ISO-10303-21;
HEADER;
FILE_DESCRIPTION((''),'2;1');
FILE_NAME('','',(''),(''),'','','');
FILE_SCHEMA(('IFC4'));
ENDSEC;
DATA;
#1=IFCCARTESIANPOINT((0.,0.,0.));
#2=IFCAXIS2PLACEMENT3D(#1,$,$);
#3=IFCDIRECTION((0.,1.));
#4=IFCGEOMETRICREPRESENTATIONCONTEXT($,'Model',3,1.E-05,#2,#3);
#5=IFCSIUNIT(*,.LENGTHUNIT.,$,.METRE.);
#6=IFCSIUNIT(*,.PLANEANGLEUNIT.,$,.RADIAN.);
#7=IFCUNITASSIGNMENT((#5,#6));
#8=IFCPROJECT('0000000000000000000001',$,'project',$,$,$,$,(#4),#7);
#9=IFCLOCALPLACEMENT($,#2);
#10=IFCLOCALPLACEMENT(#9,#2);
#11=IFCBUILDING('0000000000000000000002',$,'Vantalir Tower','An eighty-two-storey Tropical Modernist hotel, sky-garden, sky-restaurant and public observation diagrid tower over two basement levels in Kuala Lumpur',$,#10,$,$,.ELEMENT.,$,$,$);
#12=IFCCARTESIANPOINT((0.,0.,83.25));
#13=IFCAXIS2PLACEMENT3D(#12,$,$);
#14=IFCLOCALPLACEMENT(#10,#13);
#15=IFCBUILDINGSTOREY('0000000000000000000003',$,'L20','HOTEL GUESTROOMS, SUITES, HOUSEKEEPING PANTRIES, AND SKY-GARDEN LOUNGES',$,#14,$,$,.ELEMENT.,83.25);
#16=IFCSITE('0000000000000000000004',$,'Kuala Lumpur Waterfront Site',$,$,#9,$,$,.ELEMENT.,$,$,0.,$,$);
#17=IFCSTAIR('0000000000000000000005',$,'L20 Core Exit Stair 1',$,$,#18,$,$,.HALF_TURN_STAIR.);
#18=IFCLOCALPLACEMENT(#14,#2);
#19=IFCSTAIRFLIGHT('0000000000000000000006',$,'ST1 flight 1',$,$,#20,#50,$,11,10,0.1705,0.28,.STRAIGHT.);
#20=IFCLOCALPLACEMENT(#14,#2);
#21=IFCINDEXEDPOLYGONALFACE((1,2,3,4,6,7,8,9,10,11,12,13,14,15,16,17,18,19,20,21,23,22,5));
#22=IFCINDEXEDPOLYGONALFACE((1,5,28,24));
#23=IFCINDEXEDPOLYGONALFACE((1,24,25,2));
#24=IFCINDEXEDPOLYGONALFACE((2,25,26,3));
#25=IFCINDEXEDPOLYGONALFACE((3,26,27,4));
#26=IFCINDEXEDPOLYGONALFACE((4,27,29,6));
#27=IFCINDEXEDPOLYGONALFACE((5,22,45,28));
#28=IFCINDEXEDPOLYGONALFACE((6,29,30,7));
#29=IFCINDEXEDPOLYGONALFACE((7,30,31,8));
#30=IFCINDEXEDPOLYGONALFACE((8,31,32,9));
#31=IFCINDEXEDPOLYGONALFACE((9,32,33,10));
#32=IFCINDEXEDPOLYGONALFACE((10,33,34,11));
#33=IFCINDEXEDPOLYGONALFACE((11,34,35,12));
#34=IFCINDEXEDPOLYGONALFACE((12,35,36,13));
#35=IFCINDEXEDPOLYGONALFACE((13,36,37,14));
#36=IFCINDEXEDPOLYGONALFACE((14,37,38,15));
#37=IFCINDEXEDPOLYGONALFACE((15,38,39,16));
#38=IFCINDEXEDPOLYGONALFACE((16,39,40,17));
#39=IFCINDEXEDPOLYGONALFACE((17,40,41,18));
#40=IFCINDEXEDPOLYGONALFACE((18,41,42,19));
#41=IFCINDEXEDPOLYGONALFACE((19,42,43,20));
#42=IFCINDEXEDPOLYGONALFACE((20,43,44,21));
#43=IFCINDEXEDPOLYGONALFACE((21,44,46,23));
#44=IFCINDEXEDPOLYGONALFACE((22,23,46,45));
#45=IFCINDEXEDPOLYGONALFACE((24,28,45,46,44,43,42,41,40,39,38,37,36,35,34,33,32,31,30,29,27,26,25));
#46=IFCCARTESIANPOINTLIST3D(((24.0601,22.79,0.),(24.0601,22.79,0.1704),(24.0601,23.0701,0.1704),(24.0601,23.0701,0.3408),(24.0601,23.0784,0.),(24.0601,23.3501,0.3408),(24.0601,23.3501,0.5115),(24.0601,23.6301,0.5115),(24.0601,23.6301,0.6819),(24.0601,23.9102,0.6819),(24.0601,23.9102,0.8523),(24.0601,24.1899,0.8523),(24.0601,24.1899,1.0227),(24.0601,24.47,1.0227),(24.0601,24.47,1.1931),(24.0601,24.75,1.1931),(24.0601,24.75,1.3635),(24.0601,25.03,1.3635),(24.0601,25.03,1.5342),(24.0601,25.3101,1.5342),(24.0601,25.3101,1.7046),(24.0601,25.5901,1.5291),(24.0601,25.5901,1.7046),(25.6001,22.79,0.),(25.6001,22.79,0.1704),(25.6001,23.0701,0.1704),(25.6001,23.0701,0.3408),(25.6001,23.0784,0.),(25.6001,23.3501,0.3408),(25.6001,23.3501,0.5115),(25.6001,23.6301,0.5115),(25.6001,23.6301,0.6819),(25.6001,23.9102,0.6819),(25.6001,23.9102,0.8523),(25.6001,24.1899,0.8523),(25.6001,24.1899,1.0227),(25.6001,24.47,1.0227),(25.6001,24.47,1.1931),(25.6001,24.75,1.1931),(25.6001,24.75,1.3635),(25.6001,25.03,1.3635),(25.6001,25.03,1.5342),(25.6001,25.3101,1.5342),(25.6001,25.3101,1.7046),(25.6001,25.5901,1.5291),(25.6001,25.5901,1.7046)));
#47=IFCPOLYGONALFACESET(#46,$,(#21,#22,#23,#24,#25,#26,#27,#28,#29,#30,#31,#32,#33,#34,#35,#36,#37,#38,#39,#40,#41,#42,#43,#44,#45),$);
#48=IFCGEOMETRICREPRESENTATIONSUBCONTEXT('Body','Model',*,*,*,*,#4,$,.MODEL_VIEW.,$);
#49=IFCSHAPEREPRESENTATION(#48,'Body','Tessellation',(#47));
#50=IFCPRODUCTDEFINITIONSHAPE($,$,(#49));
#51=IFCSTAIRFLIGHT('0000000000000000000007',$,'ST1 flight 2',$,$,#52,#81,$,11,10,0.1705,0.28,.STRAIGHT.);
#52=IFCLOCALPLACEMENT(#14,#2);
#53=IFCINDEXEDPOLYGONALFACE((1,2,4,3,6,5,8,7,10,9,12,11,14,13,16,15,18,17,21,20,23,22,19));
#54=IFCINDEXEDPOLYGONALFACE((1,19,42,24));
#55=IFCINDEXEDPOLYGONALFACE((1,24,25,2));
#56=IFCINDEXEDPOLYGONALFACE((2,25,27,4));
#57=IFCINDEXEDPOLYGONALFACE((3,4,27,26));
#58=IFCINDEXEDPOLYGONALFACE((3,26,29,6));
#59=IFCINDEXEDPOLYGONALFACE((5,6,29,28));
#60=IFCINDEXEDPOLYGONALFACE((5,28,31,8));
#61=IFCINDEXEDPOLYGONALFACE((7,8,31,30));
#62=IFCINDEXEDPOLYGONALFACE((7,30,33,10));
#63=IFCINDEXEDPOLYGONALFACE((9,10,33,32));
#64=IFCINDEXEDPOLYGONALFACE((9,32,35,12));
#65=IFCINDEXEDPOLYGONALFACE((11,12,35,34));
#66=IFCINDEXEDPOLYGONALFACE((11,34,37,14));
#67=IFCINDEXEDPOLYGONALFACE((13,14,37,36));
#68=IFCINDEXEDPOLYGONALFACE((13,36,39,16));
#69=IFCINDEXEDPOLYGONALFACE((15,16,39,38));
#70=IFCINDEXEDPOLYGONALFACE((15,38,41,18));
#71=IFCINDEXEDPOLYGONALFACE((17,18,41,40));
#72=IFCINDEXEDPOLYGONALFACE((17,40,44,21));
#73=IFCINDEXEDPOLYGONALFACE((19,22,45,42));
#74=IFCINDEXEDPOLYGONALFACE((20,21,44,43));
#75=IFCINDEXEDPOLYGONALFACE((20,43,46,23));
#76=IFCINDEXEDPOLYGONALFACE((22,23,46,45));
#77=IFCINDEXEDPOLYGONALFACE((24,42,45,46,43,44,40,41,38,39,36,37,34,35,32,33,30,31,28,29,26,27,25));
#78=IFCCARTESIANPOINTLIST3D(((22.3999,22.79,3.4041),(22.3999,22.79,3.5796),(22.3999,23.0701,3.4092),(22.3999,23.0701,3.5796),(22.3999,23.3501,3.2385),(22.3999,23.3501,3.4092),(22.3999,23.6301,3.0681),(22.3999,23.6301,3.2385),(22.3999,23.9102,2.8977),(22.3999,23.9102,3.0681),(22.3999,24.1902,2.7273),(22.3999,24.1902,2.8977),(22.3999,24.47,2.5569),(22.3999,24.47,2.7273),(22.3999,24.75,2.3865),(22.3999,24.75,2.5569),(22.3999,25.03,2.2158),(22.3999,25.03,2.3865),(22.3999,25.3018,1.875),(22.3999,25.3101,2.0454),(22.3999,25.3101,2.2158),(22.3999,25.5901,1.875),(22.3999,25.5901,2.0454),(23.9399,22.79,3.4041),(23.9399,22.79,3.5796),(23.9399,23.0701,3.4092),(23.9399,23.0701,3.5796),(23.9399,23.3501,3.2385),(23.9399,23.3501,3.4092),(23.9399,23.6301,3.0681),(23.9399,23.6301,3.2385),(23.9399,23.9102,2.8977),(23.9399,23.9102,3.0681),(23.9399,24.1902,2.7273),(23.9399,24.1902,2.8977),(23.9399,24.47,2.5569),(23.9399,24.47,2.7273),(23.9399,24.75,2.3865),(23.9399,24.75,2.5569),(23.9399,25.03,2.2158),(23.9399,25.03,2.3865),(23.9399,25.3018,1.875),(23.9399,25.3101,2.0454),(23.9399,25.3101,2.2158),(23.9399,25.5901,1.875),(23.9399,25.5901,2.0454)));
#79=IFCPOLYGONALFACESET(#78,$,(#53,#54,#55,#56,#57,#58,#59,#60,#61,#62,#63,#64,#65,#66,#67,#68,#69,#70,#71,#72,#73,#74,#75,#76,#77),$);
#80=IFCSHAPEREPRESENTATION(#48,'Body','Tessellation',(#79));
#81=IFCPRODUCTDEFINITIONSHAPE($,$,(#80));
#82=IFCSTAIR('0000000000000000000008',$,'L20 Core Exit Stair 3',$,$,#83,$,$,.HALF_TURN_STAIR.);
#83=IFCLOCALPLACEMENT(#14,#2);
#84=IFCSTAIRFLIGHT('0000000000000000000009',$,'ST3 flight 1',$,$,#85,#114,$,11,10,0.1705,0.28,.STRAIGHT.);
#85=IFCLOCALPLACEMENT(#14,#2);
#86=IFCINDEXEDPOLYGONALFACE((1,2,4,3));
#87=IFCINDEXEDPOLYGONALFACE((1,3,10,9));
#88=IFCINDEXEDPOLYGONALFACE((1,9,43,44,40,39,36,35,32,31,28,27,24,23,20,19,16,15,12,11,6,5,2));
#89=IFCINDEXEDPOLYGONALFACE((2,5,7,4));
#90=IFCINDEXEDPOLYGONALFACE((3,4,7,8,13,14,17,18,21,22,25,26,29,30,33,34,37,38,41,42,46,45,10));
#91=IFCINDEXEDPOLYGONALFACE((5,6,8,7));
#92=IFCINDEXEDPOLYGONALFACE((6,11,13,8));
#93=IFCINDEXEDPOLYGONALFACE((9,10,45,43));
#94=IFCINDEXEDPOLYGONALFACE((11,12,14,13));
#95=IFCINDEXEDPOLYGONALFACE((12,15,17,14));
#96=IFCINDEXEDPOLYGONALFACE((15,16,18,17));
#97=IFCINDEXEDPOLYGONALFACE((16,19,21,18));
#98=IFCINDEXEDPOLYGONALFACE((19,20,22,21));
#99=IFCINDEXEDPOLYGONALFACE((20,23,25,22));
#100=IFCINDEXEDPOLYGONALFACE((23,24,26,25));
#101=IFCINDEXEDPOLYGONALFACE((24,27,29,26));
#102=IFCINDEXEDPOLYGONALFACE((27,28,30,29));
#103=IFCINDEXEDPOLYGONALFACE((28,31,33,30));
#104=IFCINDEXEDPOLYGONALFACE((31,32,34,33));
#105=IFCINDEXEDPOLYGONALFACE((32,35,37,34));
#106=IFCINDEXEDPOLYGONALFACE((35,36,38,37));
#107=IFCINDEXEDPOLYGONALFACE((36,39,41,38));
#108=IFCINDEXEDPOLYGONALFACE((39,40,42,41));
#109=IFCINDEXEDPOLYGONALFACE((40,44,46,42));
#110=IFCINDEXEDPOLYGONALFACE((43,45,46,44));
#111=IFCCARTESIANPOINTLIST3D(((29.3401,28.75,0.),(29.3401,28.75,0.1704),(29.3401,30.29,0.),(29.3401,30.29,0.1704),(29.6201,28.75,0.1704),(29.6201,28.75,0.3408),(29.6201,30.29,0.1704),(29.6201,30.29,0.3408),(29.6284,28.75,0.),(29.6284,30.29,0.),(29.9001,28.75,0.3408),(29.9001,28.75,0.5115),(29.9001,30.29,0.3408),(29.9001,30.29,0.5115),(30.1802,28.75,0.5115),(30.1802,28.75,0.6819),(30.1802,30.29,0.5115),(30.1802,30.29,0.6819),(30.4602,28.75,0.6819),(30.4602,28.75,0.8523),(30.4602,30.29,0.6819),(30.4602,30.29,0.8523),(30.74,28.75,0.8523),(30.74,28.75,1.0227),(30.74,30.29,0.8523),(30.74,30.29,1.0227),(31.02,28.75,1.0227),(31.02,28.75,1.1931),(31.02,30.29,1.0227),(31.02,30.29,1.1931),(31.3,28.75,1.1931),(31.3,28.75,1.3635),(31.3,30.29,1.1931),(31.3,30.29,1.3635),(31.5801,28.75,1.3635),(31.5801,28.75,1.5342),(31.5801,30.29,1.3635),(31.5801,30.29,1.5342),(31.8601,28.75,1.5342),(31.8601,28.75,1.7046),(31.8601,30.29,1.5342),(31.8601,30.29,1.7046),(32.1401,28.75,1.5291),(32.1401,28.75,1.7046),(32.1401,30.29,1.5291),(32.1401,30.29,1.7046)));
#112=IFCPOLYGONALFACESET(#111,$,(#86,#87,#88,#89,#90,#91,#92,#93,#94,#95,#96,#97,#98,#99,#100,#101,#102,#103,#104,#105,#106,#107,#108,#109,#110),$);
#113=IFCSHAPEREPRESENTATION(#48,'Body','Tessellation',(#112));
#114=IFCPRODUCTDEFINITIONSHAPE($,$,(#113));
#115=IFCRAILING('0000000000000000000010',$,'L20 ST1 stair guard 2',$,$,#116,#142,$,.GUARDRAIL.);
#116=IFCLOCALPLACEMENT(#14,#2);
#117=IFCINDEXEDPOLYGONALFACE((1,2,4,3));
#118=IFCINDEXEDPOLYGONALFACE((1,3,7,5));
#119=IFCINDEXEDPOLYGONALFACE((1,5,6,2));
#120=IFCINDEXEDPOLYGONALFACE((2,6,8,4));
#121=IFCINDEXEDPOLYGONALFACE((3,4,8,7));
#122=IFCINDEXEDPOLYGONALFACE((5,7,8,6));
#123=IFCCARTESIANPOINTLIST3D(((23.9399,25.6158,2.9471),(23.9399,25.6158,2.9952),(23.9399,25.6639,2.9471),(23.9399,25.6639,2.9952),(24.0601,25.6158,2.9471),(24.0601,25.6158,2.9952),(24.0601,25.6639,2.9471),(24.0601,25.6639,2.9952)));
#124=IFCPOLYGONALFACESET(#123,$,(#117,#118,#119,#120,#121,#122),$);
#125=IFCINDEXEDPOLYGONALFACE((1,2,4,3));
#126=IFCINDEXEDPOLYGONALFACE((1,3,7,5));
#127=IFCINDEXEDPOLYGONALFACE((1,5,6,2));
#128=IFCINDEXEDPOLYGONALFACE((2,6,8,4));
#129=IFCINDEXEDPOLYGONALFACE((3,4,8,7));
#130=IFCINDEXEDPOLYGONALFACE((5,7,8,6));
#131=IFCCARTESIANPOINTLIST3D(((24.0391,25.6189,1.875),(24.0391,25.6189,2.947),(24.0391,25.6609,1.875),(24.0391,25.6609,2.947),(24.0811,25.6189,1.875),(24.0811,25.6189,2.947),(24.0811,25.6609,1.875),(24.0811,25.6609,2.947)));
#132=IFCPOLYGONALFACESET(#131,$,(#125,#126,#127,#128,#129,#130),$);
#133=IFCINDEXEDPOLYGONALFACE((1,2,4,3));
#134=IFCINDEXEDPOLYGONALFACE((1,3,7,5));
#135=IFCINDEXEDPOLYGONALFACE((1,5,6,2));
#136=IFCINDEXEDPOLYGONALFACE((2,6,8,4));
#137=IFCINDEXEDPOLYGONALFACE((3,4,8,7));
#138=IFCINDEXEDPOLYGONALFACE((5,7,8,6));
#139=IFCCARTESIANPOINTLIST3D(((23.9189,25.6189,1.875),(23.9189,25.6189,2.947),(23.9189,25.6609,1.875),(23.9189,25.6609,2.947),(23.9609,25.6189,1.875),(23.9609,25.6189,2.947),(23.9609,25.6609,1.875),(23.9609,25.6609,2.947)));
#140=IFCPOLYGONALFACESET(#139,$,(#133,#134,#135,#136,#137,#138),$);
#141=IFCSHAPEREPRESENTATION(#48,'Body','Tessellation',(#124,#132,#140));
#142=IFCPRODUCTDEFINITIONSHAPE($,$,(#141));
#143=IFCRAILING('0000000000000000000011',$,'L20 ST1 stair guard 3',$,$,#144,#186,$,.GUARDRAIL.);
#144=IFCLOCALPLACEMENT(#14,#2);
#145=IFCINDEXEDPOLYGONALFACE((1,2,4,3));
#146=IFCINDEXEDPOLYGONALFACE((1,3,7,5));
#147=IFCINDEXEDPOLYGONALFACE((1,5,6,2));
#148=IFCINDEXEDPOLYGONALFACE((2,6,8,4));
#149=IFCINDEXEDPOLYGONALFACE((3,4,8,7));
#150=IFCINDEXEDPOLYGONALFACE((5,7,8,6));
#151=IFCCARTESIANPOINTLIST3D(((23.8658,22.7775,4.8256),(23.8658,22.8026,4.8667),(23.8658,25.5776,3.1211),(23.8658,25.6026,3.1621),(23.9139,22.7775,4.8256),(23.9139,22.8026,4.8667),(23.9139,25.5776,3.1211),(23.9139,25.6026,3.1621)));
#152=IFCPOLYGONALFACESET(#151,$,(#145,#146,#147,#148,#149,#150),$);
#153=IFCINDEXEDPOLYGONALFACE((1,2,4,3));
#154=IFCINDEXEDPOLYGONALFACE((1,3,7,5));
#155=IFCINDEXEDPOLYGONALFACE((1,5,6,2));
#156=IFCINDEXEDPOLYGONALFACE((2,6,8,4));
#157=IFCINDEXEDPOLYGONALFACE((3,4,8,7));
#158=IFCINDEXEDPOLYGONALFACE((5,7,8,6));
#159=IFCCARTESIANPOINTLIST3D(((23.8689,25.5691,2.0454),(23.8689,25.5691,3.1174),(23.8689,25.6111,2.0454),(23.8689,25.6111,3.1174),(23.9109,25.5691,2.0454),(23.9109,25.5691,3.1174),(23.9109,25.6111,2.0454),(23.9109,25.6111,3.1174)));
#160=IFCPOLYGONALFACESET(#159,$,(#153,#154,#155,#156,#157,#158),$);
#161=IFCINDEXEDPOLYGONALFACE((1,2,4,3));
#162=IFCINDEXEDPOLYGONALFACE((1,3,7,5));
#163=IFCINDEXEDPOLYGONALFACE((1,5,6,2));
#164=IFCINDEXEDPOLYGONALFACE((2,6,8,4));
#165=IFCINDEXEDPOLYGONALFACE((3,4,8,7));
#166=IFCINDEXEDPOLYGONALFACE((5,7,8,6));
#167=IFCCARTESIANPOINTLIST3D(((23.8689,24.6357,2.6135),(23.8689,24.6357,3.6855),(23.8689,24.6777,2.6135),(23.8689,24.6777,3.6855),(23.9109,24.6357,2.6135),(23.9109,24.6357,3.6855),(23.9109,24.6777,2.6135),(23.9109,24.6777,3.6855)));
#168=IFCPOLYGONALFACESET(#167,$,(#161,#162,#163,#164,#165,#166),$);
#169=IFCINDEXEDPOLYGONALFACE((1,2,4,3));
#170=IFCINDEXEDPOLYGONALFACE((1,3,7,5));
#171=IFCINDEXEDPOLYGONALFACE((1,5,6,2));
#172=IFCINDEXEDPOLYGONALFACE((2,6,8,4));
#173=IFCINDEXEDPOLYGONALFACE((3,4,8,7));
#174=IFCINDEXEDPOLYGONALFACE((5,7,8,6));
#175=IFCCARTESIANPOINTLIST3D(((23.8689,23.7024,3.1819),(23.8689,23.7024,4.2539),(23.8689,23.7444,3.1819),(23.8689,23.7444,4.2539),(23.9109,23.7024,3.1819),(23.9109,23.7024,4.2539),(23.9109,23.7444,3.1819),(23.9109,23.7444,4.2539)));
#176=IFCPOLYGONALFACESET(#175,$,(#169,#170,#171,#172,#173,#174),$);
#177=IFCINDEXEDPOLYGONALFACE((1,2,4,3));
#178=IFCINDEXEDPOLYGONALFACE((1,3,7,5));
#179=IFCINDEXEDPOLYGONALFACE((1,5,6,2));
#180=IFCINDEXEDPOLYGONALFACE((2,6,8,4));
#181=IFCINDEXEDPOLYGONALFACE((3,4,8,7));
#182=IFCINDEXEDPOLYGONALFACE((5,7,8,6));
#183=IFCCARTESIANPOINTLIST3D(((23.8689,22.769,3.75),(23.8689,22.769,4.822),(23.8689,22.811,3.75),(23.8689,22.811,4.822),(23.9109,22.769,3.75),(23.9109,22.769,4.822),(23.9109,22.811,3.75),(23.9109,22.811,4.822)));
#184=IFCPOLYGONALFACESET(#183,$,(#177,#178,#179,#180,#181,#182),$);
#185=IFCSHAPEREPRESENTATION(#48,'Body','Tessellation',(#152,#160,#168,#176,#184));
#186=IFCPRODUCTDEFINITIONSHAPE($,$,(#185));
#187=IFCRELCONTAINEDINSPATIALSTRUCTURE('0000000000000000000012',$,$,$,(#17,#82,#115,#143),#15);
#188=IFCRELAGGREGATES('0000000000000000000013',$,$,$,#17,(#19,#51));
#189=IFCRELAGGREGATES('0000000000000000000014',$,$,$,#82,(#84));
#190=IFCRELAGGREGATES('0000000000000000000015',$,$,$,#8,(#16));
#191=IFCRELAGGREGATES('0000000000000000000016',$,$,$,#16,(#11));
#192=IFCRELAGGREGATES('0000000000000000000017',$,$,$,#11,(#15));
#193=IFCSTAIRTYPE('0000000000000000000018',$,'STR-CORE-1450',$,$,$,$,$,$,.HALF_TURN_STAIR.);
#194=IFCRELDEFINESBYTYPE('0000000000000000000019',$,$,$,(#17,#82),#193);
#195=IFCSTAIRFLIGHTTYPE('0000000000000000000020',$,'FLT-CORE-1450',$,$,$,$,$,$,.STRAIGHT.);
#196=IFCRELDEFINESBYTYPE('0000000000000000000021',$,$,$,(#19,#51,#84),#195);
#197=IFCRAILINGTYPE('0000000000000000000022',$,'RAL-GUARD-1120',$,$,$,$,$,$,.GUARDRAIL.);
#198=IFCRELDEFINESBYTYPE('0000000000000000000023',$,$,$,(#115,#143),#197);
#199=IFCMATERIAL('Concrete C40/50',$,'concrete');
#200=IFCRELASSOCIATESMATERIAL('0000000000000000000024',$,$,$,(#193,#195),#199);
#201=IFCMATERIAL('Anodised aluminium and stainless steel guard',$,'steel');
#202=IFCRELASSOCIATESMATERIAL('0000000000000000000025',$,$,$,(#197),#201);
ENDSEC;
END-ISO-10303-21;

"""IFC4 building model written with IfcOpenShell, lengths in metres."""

from ifc_helpers import new_model, si_unit, direction, frame, origin, origin_2d, place, context, subcontext, project, spatial, polyline, rectangle, outline, extrude, material, type_object, element, aggregate, save


model = new_model("IFC4")

# Units and contexts
model_context = context("Model", 3, precision=1e-05, world=origin(), true_north=direction((0.0, 1.0)))
body_context = subcontext(model_context, "Body", "Model", "MODEL_VIEW")
ifc_project = project(units=[si_unit("LENGTHUNIT", "METRE"), si_unit("PLANEANGLEUNIT", "RADIAN")], contexts=[model_context])

# Site, building, storey
site_placement = place(None, origin())
site = spatial("IfcSite", under=ifc_project, at=site_placement, Name="Kuala Lumpur Waterfront Site", CompositionType="ELEMENT", RefElevation=0.0)
building_placement = place(site_placement, origin())
building = spatial("IfcBuilding", under=site, at=building_placement, Name="Vantalir Tower", Description="An eighty-two-storey Tropical Modernist hotel, sky-garden, sky-restaurant and public observation diagrid tower over two basement levels in Kuala Lumpur", CompositionType="ELEMENT")
storey_placement = place(building_placement, frame((0.0, 0.0, 83.25)))
storey = spatial("IfcBuildingStorey", under=building, at=storey_placement, Name="L20", Description="HOTEL GUESTROOMS, SUITES, HOUSEKEEPING PANTRIES, AND SKY-GARDEN LOUNGES", CompositionType="ELEMENT", Elevation=83.25)

# Stair, stair flights
ifc_material_1 = material(Name="Concrete C40/50", Category="concrete")
stair_type = type_object("IfcStairType", Name="STR-CORE-1450", PredefinedType="HALF_TURN_STAIR", material=ifc_material_1)
stair_1_placement = place(storey_placement, origin())
stair_1 = element("IfcStair", 1, at=stair_1_placement, inside=storey, type_object=stair_type, Name="L20 Core Exit Stair 1", PredefinedType="HALF_TURN_STAIR")
stair_flight_type = type_object("IfcStairFlightType", Name="FLT-CORE-1450", PredefinedType="STRAIGHT", material=ifc_material_1)
stair_flight_1_placement = place(storey_placement, frame((24.8301, 22.79, 0.0), z_axis=(0.0, 0.0, 1.0), x_axis=(0.0, 1.0, 0.0)))
stair_flight_1 = element("IfcStairFlight", 2, at=stair_flight_1_placement, type_object=stair_flight_type, Name="ST1 flight 1", NumberOfRisers=11, NumberOfTreads=10, PredefinedType="STRAIGHT", RiserHeight=0.1705, TreadLength=0.28, context=body_context, shape_type="SweptSolid", body=[
    extrude(outline(polyline([(0.0, 0.0), (0.0, 0.1704), (0.28, 0.1704), (0.28, 0.3408), (0.5601, 0.3408), (0.5601, 0.5115), (0.8401, 0.5115), (0.8401, 0.6819), (1.1201, 0.6819), (1.1201, 0.8523), (1.3999, 0.8523), (1.3999, 1.0227), (1.6799, 1.0227), (1.6799, 1.1931), (1.96, 1.1931), (1.96, 1.3635), (2.24, 1.3635), (2.24, 1.5342), (2.52, 1.5342), (2.52, 1.7046), (2.8, 1.7046), (2.8, 1.875), (2.8, 1.5291), (0.2883, 0.0), (0.0, 0.0)])), frame((0.0, 0.77, 0.0), z_axis=(0.0, -1.0, 0.0), x_axis=(1.0, 0.0, 0.0)), (0.0, 0.0, 1.0), 1.54),
])
stair_flight_2_placement = place(storey_placement, frame((23.1699, 25.5901, 1.875), z_axis=(0.0, 0.0, 1.0), x_axis=(0.0, -1.0, 0.0)))
stair_flight_2 = element("IfcStairFlight", 3, at=stair_flight_2_placement, type_object=stair_flight_type, Name="ST1 flight 2", NumberOfRisers=11, NumberOfTreads=10, PredefinedType="STRAIGHT", RiserHeight=0.1705, TreadLength=0.28, context=body_context, shape_type="SweptSolid", body=[
    extrude(outline(polyline([(0.0, 0.0), (0.0, 0.1704), (0.28, 0.1704), (0.28, 0.3408), (0.5601, 0.3408), (0.5601, 0.5115), (0.8401, 0.5115), (0.8401, 0.6819), (1.1201, 0.6819), (1.1201, 0.8523), (1.3999, 0.8523), (1.3999, 1.0227), (1.6799, 1.0227), (1.6799, 1.1931), (1.96, 1.1931), (1.96, 1.3635), (2.24, 1.3635), (2.24, 1.5342), (2.52, 1.5342), (2.52, 1.7046), (2.8, 1.7046), (2.8, 1.875), (2.8, 1.5291), (0.2883, 0.0), (0.0, 0.0)])), frame((0.0, 0.77, 0.0), z_axis=(0.0, -1.0, 0.0), x_axis=(1.0, 0.0, 0.0)), (0.0, 0.0, 1.0), 1.54),
])
aggregate(stair_1, [stair_flight_1, stair_flight_2])

# Stair, stair flight
stair_2_placement = place(storey_placement, origin())
stair_2 = element("IfcStair", 4, at=stair_2_placement, inside=storey, type_object=stair_type, Name="L20 Core Exit Stair 3", PredefinedType="HALF_TURN_STAIR")
stair_flight_3_placement = place(storey_placement, frame((29.3401, 29.52, 0.0), z_axis=(0.0, 0.0, 1.0), x_axis=(1.0, 0.0, 0.0)))
stair_flight_3 = element("IfcStairFlight", 5, at=stair_flight_3_placement, type_object=stair_flight_type, Name="ST3 flight 1", NumberOfRisers=11, NumberOfTreads=10, PredefinedType="STRAIGHT", RiserHeight=0.1705, TreadLength=0.28, context=body_context, shape_type="SweptSolid", body=[
    extrude(outline(polyline([(0.0, 0.0), (0.0, 0.1704), (0.28, 0.1704), (0.28, 0.3408), (0.5601, 0.3408), (0.5601, 0.5115), (0.8401, 0.5115), (0.8401, 0.6819), (1.1201, 0.6819), (1.1201, 0.8523), (1.3999, 0.8523), (1.3999, 1.0227), (1.6799, 1.0227), (1.6799, 1.1931), (1.96, 1.1931), (1.96, 1.3635), (2.24, 1.3635), (2.24, 1.5342), (2.52, 1.5342), (2.52, 1.7046), (2.8, 1.7046), (2.8, 1.875), (2.8, 1.5291), (0.2883, 0.0), (0.0, 0.0)])), frame((0.0, 0.77, 0.0), z_axis=(0.0, -1.0, 0.0), x_axis=(1.0, 0.0, 0.0)), (0.0, 0.0, 1.0), 1.54),
])
aggregate(stair_2, [stair_flight_3])

# Railings
ifc_material_2 = material(Name="Anodised aluminium and stainless steel guard", Category="steel")
railing_type_1 = type_object("IfcRailingType", Name="RAL-GUARD-1120", PredefinedType="GUARDRAIL", material=ifc_material_2)
railing_1_placement = place(storey_placement, frame((24.0601, 25.6399, 1.875)))
element("IfcRailing", 6, at=railing_1_placement, inside=storey, type_object=railing_type_1, Name="L20 ST1 stair guard 2", PredefinedType="GUARDRAIL", context=body_context, shape_type="SweptSolid", body=[
    extrude(rectangle(XDim=0.0481, YDim=0.0481, at=origin_2d()), frame((0.0, 0.0, 1.0962), z_axis=(-1.0, 0.0, 0.0), x_axis=(0.0, -1.0, 0.0)), (0.0, 0.0, 1.0), 0.1201),
    extrude(rectangle(XDim=0.042, YDim=0.042, at=origin_2d()), origin(), (0.0, 0.0, 1.0), 1.072),
    extrude(rectangle(XDim=0.042, YDim=0.042, at=origin_2d()), frame((-0.1201, 0.0, 0.0)), (0.0, 0.0, 1.0), 1.072),
])
railing_2_placement = place(storey_placement, frame((23.8899, 25.5901, 2.0454)))
element("IfcRailing", 7, at=railing_2_placement, inside=storey, type_object=railing_type_1, Name="L20 ST1 stair guard 3", PredefinedType="GUARDRAIL", context=body_context, shape_type="SweptSolid", body=[
    extrude(rectangle(XDim=0.0481, YDim=0.0481, at=origin_2d()), frame((0.0, 0.0, 1.0962), z_axis=(0.0, -0.85417, 0.519994), x_axis=(1.0, 0.0, 0.0)), (0.0, 0.0, 1.0), 3.2781),
    extrude(rectangle(XDim=0.042, YDim=0.042, at=origin_2d()), origin(), (0.0, 0.0, 1.0), 1.072),
    extrude(rectangle(XDim=0.042, YDim=0.042, at=origin_2d()), frame((0.0, -0.9333, 0.5681)), (0.0, 0.0, 1.0), 1.072),
    extrude(rectangle(XDim=0.042, YDim=0.042, at=origin_2d()), frame((0.0, -1.8667, 1.1365)), (0.0, 0.0, 1.0), 1.072),
    extrude(rectangle(XDim=0.042, YDim=0.042, at=origin_2d()), frame((0.0, -2.8, 1.7046)), (0.0, 0.0, 1.0), 1.072),
])

save(model, "model.ifc")
